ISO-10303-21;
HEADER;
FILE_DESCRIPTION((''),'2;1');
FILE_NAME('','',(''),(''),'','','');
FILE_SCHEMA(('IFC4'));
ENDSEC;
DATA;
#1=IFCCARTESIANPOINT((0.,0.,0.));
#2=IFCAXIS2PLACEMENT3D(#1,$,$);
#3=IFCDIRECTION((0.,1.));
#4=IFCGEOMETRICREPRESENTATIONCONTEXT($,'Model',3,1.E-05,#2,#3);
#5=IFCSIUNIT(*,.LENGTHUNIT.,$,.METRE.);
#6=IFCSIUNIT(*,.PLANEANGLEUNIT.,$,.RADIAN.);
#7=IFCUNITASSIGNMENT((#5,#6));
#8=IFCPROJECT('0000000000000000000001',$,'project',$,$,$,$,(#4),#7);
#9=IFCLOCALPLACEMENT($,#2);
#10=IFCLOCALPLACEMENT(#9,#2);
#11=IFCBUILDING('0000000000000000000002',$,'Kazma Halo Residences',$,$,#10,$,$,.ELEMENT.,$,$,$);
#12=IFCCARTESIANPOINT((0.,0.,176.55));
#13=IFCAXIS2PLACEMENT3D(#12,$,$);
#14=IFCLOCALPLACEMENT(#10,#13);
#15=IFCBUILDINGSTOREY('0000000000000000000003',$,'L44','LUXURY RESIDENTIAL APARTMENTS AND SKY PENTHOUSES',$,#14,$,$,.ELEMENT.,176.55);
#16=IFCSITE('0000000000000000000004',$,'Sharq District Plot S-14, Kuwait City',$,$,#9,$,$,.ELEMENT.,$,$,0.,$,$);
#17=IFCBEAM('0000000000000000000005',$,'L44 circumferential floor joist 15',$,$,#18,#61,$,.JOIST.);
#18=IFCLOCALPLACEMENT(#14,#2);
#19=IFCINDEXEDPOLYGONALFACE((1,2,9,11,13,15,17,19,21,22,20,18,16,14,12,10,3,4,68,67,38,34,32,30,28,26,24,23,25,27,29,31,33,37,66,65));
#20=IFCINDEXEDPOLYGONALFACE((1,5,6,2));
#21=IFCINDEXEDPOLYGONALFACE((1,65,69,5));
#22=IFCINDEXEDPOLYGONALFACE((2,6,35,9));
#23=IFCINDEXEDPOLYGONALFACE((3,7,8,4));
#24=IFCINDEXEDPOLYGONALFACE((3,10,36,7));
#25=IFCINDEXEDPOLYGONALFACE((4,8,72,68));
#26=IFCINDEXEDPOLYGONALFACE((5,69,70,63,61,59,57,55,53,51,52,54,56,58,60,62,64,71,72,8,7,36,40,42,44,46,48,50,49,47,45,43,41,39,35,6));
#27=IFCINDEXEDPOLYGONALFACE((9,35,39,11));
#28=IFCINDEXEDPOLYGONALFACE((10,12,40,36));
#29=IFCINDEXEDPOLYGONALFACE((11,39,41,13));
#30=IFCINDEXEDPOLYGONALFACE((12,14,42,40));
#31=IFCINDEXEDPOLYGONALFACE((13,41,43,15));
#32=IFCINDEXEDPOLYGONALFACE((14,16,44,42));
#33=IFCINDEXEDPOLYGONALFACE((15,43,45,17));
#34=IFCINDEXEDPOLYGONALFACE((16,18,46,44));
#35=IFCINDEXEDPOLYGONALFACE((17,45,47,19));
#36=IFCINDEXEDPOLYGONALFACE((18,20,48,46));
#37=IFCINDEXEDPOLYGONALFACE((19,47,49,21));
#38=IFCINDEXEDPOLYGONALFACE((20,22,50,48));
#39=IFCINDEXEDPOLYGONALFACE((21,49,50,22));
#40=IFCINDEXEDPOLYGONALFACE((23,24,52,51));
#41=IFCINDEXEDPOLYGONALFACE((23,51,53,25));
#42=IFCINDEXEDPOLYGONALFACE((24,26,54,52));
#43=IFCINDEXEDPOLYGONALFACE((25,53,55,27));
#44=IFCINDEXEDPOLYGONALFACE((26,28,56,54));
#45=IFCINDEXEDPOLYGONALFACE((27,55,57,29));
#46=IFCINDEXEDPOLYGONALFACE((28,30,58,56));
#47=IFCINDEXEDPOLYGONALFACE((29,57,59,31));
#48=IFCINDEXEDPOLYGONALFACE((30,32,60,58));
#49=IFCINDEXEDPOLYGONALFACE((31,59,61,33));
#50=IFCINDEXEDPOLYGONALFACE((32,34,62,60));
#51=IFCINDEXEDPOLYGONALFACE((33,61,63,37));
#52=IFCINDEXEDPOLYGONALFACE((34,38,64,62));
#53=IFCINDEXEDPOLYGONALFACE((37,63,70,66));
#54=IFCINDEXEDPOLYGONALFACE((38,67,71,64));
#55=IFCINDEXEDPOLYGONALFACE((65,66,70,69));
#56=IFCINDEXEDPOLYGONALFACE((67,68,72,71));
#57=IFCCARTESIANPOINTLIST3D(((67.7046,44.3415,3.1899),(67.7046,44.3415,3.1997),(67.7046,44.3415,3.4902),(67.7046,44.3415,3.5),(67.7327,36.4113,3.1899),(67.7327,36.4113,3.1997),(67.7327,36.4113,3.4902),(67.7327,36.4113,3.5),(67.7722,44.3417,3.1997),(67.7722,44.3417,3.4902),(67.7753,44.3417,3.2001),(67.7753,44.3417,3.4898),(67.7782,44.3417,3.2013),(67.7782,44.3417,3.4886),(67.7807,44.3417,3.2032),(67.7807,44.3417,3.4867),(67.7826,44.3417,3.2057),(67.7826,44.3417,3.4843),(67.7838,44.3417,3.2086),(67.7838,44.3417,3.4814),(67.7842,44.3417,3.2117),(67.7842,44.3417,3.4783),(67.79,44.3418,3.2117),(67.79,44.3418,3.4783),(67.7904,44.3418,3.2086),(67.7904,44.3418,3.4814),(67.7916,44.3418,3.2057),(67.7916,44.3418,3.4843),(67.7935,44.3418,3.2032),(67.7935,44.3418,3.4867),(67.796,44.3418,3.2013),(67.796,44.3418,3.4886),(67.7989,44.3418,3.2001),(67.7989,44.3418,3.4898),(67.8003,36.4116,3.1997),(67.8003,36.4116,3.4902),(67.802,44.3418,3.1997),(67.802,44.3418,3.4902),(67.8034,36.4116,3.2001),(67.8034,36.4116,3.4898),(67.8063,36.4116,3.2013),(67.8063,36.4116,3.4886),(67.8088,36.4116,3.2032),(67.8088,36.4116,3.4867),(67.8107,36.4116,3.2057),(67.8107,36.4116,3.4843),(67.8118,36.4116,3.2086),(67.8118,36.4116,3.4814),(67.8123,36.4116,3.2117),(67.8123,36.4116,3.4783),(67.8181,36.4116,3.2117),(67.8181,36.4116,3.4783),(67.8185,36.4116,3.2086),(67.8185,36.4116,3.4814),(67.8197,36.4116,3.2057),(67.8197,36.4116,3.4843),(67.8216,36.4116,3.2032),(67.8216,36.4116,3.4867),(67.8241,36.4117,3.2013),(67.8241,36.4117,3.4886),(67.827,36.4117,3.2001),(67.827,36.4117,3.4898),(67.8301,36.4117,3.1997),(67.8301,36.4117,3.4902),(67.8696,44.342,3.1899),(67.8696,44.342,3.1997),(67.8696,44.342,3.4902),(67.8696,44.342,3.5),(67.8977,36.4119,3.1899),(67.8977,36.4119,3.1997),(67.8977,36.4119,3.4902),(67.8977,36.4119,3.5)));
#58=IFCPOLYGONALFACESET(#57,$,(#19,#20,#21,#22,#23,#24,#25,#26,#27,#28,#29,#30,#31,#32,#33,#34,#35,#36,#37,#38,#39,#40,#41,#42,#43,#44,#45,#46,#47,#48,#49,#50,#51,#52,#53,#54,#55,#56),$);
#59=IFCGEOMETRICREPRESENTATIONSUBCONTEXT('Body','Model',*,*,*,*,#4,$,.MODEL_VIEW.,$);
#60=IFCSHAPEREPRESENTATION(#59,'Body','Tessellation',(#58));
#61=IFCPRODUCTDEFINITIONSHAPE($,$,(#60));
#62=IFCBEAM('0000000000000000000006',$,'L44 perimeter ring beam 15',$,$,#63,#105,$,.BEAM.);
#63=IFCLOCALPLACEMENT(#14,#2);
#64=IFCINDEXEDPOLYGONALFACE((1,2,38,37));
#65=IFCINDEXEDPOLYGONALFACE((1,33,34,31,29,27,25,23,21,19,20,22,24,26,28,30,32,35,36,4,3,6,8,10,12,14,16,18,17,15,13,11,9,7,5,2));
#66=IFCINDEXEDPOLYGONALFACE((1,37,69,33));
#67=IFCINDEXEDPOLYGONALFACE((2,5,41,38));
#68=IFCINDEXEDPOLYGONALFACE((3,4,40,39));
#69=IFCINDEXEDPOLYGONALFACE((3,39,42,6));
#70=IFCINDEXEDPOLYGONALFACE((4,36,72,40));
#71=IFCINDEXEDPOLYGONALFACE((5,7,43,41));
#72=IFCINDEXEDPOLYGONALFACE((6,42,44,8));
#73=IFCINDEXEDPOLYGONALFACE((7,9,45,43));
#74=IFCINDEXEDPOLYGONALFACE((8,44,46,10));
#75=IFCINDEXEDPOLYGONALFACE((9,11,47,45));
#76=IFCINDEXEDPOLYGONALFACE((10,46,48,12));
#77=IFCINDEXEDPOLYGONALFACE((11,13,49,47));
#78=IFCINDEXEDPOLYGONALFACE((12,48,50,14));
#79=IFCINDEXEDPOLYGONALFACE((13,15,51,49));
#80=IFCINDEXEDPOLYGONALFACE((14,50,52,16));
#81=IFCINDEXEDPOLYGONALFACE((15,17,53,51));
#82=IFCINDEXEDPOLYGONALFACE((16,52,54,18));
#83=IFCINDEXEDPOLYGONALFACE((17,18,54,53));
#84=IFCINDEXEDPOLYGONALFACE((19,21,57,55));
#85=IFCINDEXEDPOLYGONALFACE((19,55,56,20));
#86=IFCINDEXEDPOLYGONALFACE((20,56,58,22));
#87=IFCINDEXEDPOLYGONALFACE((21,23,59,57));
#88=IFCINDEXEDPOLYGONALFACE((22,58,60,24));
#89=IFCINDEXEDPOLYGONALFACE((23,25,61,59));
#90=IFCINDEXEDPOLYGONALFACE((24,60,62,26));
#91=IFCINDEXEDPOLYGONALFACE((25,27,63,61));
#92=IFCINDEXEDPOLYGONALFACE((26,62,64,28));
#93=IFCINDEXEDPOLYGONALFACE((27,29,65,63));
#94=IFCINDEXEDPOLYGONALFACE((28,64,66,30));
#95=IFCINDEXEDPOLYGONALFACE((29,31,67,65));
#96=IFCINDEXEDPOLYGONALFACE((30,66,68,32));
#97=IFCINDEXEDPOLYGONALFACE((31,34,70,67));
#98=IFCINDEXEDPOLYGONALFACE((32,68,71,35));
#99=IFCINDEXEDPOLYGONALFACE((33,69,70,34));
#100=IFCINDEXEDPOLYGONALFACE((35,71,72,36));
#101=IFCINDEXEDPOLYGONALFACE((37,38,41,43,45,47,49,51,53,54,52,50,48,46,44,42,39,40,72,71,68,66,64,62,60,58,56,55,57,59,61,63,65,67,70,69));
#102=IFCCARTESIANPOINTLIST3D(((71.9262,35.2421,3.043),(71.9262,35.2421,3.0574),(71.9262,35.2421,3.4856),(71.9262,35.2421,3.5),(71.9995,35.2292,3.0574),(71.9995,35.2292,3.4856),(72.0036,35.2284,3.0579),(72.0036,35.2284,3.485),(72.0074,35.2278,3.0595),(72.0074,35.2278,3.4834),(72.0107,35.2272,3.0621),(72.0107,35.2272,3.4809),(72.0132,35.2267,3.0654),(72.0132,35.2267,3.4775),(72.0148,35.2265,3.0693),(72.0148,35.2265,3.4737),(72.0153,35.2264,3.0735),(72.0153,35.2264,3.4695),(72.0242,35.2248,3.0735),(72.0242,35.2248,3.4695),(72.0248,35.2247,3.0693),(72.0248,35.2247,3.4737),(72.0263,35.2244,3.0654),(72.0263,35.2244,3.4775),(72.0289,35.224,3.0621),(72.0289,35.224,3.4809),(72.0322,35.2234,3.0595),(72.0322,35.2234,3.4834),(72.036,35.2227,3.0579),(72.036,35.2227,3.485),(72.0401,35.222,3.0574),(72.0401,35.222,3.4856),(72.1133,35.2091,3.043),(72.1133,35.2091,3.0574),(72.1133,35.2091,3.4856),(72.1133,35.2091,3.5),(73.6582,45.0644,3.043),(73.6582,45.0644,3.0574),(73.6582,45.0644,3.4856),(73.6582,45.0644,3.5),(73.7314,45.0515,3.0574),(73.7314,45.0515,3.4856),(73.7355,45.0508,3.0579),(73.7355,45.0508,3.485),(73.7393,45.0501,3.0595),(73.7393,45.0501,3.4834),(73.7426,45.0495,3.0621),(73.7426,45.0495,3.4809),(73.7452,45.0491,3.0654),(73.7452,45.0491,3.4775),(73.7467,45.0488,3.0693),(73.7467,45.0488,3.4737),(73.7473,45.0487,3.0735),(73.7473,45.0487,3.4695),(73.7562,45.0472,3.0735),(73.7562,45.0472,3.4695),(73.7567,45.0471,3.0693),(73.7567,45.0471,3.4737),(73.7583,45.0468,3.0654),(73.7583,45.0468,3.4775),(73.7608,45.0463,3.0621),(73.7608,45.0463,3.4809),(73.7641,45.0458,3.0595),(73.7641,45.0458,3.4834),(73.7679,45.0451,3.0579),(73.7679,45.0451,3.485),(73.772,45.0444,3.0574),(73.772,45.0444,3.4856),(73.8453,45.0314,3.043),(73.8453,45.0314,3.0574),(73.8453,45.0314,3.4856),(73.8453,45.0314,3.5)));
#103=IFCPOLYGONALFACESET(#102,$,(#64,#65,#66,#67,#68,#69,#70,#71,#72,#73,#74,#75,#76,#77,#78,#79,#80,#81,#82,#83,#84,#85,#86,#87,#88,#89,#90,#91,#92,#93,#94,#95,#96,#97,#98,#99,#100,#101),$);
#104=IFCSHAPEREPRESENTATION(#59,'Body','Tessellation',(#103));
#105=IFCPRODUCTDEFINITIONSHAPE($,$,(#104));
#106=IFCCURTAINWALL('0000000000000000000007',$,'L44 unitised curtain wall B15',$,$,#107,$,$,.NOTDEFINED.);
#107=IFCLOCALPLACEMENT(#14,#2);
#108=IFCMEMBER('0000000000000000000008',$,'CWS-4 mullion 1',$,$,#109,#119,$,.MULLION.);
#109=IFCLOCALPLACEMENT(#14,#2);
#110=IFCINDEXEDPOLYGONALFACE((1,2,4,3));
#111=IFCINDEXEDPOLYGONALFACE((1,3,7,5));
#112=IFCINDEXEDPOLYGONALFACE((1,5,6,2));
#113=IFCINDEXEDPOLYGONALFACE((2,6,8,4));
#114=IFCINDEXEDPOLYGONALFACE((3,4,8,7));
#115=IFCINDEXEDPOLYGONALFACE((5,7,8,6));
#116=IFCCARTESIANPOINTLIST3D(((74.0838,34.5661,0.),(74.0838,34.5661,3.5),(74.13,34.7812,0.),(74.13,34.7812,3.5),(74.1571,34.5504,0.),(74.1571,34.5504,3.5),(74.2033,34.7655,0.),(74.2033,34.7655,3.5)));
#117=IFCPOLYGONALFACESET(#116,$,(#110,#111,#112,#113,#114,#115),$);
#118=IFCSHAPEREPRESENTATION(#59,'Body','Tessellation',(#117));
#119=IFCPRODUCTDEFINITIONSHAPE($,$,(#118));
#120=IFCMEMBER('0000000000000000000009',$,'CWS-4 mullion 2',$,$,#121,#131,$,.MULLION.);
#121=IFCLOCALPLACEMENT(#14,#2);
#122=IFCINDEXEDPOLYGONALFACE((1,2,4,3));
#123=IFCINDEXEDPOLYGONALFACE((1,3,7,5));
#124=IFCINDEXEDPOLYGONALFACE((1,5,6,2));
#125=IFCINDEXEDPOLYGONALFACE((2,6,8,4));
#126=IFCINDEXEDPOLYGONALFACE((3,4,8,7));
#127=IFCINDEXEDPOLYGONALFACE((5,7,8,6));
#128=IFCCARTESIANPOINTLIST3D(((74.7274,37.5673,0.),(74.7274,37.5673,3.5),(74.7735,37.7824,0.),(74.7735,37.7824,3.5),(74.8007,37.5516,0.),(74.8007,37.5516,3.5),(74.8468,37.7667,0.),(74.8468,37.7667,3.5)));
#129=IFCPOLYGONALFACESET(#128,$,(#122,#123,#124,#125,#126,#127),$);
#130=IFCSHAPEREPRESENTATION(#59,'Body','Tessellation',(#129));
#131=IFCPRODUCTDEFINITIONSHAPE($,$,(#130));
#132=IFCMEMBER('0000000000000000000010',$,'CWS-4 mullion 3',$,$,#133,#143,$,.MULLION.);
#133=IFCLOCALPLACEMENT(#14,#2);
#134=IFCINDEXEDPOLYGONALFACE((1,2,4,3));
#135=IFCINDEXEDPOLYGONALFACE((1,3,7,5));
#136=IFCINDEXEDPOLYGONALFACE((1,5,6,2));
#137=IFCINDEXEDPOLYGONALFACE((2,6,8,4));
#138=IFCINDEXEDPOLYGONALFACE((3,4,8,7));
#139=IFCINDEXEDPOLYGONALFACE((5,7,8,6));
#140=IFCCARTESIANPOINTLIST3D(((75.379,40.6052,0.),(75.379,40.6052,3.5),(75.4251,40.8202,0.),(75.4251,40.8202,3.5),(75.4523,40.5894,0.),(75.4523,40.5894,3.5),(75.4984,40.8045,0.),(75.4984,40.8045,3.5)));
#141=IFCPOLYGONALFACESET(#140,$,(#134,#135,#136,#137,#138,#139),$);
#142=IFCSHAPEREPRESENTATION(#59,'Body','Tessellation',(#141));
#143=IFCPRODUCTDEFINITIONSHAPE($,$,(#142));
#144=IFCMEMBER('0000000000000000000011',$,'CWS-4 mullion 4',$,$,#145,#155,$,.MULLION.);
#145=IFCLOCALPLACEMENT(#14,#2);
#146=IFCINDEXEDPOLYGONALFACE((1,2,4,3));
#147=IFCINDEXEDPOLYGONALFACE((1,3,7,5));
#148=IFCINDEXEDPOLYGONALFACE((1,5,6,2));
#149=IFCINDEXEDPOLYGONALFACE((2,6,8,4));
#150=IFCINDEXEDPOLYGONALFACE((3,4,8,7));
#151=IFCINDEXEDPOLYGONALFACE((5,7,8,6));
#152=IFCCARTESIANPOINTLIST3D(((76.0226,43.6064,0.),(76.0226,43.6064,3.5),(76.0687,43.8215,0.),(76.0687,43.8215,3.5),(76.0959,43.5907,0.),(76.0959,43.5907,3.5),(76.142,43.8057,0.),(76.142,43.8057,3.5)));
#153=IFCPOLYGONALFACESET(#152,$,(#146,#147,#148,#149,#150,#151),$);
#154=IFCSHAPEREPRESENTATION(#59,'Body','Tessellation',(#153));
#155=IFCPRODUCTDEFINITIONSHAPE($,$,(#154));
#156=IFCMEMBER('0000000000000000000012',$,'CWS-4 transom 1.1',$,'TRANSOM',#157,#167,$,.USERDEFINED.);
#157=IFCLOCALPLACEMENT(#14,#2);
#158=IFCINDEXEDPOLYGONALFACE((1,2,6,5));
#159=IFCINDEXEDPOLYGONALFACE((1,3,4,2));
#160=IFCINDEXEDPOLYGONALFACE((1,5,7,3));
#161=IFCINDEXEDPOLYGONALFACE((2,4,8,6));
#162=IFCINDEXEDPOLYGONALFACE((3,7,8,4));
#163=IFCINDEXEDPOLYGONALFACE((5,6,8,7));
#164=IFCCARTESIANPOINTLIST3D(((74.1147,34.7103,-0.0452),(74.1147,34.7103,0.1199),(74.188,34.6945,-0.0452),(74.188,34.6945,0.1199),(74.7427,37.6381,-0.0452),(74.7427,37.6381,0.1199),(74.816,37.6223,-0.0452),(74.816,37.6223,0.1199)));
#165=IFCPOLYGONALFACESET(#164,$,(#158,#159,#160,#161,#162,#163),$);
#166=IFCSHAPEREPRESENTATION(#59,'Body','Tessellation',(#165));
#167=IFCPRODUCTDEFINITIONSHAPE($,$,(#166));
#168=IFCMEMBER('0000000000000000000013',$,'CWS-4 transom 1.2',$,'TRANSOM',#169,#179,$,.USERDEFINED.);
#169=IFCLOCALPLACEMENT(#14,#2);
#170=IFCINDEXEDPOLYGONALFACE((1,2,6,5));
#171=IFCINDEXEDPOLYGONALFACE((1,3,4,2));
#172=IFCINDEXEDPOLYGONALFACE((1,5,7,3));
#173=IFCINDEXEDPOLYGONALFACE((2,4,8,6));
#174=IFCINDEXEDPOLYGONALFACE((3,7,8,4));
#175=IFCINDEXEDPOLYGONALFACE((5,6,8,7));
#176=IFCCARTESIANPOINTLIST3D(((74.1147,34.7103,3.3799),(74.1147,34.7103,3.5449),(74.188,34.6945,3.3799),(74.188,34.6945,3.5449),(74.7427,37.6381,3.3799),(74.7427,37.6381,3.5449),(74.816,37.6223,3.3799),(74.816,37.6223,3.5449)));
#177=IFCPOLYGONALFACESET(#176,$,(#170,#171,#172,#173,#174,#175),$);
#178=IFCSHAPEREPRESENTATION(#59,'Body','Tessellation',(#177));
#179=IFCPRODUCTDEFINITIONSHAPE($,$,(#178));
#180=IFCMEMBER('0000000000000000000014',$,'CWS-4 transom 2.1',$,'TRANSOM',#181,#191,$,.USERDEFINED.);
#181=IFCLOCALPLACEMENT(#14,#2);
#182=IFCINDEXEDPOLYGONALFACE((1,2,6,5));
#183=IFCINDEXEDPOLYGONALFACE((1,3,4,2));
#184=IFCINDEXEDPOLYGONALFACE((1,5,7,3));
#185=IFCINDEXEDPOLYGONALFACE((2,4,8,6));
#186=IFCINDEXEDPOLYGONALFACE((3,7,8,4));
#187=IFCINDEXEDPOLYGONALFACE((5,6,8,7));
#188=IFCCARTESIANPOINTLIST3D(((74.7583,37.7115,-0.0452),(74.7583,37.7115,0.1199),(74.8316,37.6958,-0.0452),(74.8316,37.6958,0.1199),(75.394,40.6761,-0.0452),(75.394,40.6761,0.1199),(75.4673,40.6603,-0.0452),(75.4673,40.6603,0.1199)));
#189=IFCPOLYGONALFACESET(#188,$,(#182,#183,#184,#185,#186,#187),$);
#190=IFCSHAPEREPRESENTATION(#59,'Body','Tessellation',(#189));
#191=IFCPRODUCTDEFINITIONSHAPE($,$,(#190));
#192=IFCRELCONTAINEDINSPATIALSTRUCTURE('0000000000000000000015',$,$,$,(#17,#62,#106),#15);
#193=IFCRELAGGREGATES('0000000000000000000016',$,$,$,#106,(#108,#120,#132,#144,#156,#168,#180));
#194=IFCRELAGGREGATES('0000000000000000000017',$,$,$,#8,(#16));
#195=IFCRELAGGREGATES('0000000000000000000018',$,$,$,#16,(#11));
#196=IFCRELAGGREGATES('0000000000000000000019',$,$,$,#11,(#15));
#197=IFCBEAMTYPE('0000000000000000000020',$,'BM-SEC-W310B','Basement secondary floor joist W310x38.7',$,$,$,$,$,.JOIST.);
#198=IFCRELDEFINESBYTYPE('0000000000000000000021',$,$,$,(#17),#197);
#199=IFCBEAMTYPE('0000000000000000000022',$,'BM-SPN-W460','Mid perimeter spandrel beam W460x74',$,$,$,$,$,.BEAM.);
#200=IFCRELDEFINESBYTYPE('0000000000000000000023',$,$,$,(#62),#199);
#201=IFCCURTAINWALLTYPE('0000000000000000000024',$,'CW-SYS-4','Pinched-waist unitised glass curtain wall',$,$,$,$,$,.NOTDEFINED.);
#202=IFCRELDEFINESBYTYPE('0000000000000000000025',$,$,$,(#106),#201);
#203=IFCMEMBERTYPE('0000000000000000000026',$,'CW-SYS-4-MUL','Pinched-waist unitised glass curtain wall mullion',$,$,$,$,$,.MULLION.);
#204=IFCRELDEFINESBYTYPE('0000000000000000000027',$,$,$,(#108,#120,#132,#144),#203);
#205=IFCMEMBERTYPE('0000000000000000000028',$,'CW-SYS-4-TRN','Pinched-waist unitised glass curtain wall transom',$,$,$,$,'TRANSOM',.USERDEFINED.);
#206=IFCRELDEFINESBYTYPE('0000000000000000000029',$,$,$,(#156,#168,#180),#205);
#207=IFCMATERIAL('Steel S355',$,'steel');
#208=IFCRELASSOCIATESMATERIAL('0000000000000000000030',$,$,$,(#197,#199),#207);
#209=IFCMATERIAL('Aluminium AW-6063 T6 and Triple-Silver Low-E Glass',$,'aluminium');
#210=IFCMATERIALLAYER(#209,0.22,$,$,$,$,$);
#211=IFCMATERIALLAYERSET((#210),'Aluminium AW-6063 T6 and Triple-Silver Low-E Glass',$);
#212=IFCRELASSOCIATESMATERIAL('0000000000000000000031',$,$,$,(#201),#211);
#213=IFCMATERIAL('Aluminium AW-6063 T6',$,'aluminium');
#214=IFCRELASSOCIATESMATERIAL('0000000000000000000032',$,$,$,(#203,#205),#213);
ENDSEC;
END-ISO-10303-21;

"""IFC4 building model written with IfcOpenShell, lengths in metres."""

from ifc_helpers import new_model, si_unit, direction, frame, origin, origin_2d, place, context, subcontext, project, spatial, rectangle, i_section, extrude, material, layer, layer_set, material_profile, profile_set, type_object, element, aggregate, save


model = new_model("IFC4")

# Units and contexts
model_context = context("Model", 3, precision=1e-05, world=origin(), true_north=direction((0.0, 1.0)))
body_context = subcontext(model_context, "Body", "Model", "MODEL_VIEW")
ifc_project = project(units=[si_unit("LENGTHUNIT", "METRE"), si_unit("PLANEANGLEUNIT", "RADIAN")], contexts=[model_context])

# Site, building, storey
site_placement = place(None, origin())
site = spatial("IfcSite", under=ifc_project, at=site_placement, Name="Sharq District Plot S-14, Kuwait City", CompositionType="ELEMENT", RefElevation=0.0)
building_placement = place(site_placement, origin())
building = spatial("IfcBuilding", under=site, at=building_placement, Name="Kazma Halo Residences", CompositionType="ELEMENT")
storey_placement = place(building_placement, frame((0.0, 0.0, 176.55)))
storey = spatial("IfcBuildingStorey", under=building, at=storey_placement, Name="L44", Description="LUXURY RESIDENTIAL APARTMENTS AND SKY PENTHOUSES", CompositionType="ELEMENT", Elevation=176.55)

# Beams
ifc_material_1 = material(Name="Steel S355", Category="steel")
ifc_material_profile_1 = material_profile(ifc_material_1, i_section(OverallWidth=0.165, OverallDepth=0.3101, WebThickness=0.0059, FlangeThickness=0.0098, FilletRadius=0.012, at=origin_2d()), Name="W310x38.7")
ifc_profile_set_1 = profile_set([ifc_material_profile_1], Name="Steel S355")
beam_type_1 = type_object("IfcBeamType", Name="BM-SEC-W310B", Description="Basement secondary floor joist W310x38.7", PredefinedType="JOIST", material=ifc_profile_set_1)
beam_1_placement = place(storey_placement, frame((67.8152, 36.4116, 3.345), z_axis=(-0.00354, 0.999994, 0.0), x_axis=(-0.999994, -0.00354, 0.0)))
element("IfcBeam", 1, at=beam_1_placement, inside=storey, type_object=beam_type_1, Name="L44 circumferential floor joist 15", PredefinedType="JOIST", context=body_context, shape_type="SweptSolid", body=[
    extrude(i_section(OverallWidth=0.165, OverallDepth=0.3101, WebThickness=0.0059, FlangeThickness=0.0098, FilletRadius=0.012, at=origin_2d()), origin(), (0.0, 0.0, 1.0), 7.9302),
])
ifc_material_profile_2 = material_profile(ifc_material_1, i_section(OverallWidth=0.1899, OverallDepth=0.457, WebThickness=0.009, FlangeThickness=0.0144, FilletRadius=0.0161, at=origin_2d()), Name="W460x74")
ifc_profile_set_2 = profile_set([ifc_material_profile_2], Name="Steel S355")
beam_type_2 = type_object("IfcBeamType", Name="BM-SPN-W460", Description="Mid perimeter spandrel beam W460x74", PredefinedType="BEAM", material=ifc_profile_set_2)
beam_2_placement = place(storey_placement, frame((72.0198, 35.2256, 3.2715), z_axis=(0.173648, 0.984808, 0.0), x_axis=(-0.984808, 0.173648, 0.0)))
element("IfcBeam", 2, at=beam_2_placement, inside=storey, type_object=beam_type_2, Name="L44 perimeter ring beam 15", PredefinedType="BEAM", context=body_context, shape_type="SweptSolid", body=[
    extrude(i_section(OverallWidth=0.1899, OverallDepth=0.457, WebThickness=0.009, FlangeThickness=0.0144, FilletRadius=0.0161, at=origin_2d()), origin(), (0.0, 0.0, 1.0), 9.9739),
])

# Curtain wall, members
ifc_material_2 = material(Name="Aluminium AW-6063 T6 and Triple-Silver Low-E Glass", Category="aluminium")
ifc_layer_1 = layer(ifc_material_2, 0.22)
ifc_layer_set_1 = layer_set([ifc_layer_1], Name="Aluminium AW-6063 T6 and Triple-Silver Low-E Glass")
curtain_wall_type = type_object("IfcCurtainWallType", Name="CW-SYS-4", Description="Pinched-waist unitised glass curtain wall", PredefinedType="NOTDEFINED", material=ifc_layer_set_1)
curtain_wall_placement = place(storey_placement, origin())
curtain_wall = element("IfcCurtainWall", 3, at=curtain_wall_placement, inside=storey, type_object=curtain_wall_type, Name="L44 unitised curtain wall B15", PredefinedType="NOTDEFINED")
ifc_material_3 = material(Name="Aluminium AW-6063 T6", Category="aluminium")
ifc_material_profile_3 = material_profile(ifc_material_3, rectangle(XDim=0.075, YDim=0.22, at=origin_2d()), Name="CWM-75x220")
ifc_profile_set_3 = profile_set([ifc_material_profile_3], Name="Aluminium AW-6063 T6")
member_type_1 = type_object("IfcMemberType", Name="CW-SYS-4-MUL", Description="Pinched-waist unitised glass curtain wall mullion", PredefinedType="MULLION", material=ifc_profile_set_3)
member_1_placement = place(storey_placement, frame((74.1436, 34.6658, 0.0), z_axis=(0.0, 0.0, 1.0), x_axis=(-0.977768, 0.20969, 0.0)))
member_1 = element("IfcMember", 4, at=member_1_placement, type_object=member_type_1, Name="CWS-4 mullion 1", PredefinedType="MULLION", context=body_context, shape_type="SweptSolid", body=[
    extrude(rectangle(XDim=0.075, YDim=0.22, at=origin_2d()), origin(), (0.0, 0.0, 1.0), 3.5),
])
member_2_placement = place(storey_placement, frame((74.7871, 37.667, 0.0), z_axis=(0.0, 0.0, 1.0), x_axis=(-0.977768, 0.20969, 0.0)))
member_2 = element("IfcMember", 5, at=member_2_placement, type_object=member_type_1, Name="CWS-4 mullion 2", PredefinedType="MULLION", context=body_context, shape_type="SweptSolid", body=[
    extrude(rectangle(XDim=0.075, YDim=0.22, at=origin_2d()), origin(), (0.0, 0.0, 1.0), 3.5),
])
member_3_placement = place(storey_placement, frame((75.4387, 40.7048, 0.0), z_axis=(0.0, 0.0, 1.0), x_axis=(-0.977768, 0.20969, 0.0)))
member_3 = element("IfcMember", 6, at=member_3_placement, type_object=member_type_1, Name="CWS-4 mullion 3", PredefinedType="MULLION", context=body_context, shape_type="SweptSolid", body=[
    extrude(rectangle(XDim=0.075, YDim=0.22, at=origin_2d()), origin(), (0.0, 0.0, 1.0), 3.5),
])
member_4_placement = place(storey_placement, frame((76.0823, 43.7061, 0.0), z_axis=(0.0, 0.0, 1.0), x_axis=(-0.977768, 0.20969, 0.0)))
member_4 = element("IfcMember", 7, at=member_4_placement, type_object=member_type_1, Name="CWS-4 mullion 4", PredefinedType="MULLION", context=body_context, shape_type="SweptSolid", body=[
    extrude(rectangle(XDim=0.075, YDim=0.22, at=origin_2d()), origin(), (0.0, 0.0, 1.0), 3.5),
])
ifc_material_profile_4 = material_profile(ifc_material_3, rectangle(XDim=0.075, YDim=0.165, at=origin_2d()), Name="CWT-75x165")
ifc_profile_set_4 = profile_set([ifc_material_profile_4], Name="Aluminium AW-6063 T6")
member_type_2 = type_object("IfcMemberType", Name="CW-SYS-4-TRN", Description="Pinched-waist unitised glass curtain wall transom", ElementType="TRANSOM", PredefinedType="USERDEFINED", material=ifc_profile_set_4)
member_5_placement = place(storey_placement, frame((74.1514, 34.7024, 0.0374), z_axis=(0.209707, 0.977764, 0.0), x_axis=(-0.977764, 0.209707, 0.0)))
member_5 = element("IfcMember", 8, at=member_5_placement, type_object=member_type_2, Name="CWS-4 transom 1.1", ObjectType="TRANSOM", PredefinedType="USERDEFINED", context=body_context, shape_type="SweptSolid", body=[
    extrude(rectangle(XDim=0.075, YDim=0.165, at=origin_2d()), origin(), (0.0, 0.0, 1.0), 2.9944),
])
member_6_placement = place(storey_placement, frame((74.1514, 34.7024, 3.4624), z_axis=(0.209707, 0.977764, 0.0), x_axis=(-0.977764, 0.209707, 0.0)))
member_6 = element("IfcMember", 9, at=member_6_placement, type_object=member_type_2, Name="CWS-4 transom 1.2", ObjectType="TRANSOM", PredefinedType="USERDEFINED", context=body_context, shape_type="SweptSolid", body=[
    extrude(rectangle(XDim=0.075, YDim=0.165, at=origin_2d()), origin(), (0.0, 0.0, 1.0), 2.9944),
])
member_7_placement = place(storey_placement, frame((74.7949, 37.7036, 0.0374), z_axis=(0.209678, 0.977771, 0.0), x_axis=(-0.977771, 0.209678, 0.0)))
member_7 = element("IfcMember", 10, at=member_7_placement, type_object=member_type_2, Name="CWS-4 transom 2.1", ObjectType="TRANSOM", PredefinedType="USERDEFINED", context=body_context, shape_type="SweptSolid", body=[
    extrude(rectangle(XDim=0.075, YDim=0.165, at=origin_2d()), origin(), (0.0, 0.0, 1.0), 3.032),
])
aggregate(curtain_wall, [member_1, member_2, member_3, member_4, member_5, member_6, member_7])

save(model, "model.ifc")
